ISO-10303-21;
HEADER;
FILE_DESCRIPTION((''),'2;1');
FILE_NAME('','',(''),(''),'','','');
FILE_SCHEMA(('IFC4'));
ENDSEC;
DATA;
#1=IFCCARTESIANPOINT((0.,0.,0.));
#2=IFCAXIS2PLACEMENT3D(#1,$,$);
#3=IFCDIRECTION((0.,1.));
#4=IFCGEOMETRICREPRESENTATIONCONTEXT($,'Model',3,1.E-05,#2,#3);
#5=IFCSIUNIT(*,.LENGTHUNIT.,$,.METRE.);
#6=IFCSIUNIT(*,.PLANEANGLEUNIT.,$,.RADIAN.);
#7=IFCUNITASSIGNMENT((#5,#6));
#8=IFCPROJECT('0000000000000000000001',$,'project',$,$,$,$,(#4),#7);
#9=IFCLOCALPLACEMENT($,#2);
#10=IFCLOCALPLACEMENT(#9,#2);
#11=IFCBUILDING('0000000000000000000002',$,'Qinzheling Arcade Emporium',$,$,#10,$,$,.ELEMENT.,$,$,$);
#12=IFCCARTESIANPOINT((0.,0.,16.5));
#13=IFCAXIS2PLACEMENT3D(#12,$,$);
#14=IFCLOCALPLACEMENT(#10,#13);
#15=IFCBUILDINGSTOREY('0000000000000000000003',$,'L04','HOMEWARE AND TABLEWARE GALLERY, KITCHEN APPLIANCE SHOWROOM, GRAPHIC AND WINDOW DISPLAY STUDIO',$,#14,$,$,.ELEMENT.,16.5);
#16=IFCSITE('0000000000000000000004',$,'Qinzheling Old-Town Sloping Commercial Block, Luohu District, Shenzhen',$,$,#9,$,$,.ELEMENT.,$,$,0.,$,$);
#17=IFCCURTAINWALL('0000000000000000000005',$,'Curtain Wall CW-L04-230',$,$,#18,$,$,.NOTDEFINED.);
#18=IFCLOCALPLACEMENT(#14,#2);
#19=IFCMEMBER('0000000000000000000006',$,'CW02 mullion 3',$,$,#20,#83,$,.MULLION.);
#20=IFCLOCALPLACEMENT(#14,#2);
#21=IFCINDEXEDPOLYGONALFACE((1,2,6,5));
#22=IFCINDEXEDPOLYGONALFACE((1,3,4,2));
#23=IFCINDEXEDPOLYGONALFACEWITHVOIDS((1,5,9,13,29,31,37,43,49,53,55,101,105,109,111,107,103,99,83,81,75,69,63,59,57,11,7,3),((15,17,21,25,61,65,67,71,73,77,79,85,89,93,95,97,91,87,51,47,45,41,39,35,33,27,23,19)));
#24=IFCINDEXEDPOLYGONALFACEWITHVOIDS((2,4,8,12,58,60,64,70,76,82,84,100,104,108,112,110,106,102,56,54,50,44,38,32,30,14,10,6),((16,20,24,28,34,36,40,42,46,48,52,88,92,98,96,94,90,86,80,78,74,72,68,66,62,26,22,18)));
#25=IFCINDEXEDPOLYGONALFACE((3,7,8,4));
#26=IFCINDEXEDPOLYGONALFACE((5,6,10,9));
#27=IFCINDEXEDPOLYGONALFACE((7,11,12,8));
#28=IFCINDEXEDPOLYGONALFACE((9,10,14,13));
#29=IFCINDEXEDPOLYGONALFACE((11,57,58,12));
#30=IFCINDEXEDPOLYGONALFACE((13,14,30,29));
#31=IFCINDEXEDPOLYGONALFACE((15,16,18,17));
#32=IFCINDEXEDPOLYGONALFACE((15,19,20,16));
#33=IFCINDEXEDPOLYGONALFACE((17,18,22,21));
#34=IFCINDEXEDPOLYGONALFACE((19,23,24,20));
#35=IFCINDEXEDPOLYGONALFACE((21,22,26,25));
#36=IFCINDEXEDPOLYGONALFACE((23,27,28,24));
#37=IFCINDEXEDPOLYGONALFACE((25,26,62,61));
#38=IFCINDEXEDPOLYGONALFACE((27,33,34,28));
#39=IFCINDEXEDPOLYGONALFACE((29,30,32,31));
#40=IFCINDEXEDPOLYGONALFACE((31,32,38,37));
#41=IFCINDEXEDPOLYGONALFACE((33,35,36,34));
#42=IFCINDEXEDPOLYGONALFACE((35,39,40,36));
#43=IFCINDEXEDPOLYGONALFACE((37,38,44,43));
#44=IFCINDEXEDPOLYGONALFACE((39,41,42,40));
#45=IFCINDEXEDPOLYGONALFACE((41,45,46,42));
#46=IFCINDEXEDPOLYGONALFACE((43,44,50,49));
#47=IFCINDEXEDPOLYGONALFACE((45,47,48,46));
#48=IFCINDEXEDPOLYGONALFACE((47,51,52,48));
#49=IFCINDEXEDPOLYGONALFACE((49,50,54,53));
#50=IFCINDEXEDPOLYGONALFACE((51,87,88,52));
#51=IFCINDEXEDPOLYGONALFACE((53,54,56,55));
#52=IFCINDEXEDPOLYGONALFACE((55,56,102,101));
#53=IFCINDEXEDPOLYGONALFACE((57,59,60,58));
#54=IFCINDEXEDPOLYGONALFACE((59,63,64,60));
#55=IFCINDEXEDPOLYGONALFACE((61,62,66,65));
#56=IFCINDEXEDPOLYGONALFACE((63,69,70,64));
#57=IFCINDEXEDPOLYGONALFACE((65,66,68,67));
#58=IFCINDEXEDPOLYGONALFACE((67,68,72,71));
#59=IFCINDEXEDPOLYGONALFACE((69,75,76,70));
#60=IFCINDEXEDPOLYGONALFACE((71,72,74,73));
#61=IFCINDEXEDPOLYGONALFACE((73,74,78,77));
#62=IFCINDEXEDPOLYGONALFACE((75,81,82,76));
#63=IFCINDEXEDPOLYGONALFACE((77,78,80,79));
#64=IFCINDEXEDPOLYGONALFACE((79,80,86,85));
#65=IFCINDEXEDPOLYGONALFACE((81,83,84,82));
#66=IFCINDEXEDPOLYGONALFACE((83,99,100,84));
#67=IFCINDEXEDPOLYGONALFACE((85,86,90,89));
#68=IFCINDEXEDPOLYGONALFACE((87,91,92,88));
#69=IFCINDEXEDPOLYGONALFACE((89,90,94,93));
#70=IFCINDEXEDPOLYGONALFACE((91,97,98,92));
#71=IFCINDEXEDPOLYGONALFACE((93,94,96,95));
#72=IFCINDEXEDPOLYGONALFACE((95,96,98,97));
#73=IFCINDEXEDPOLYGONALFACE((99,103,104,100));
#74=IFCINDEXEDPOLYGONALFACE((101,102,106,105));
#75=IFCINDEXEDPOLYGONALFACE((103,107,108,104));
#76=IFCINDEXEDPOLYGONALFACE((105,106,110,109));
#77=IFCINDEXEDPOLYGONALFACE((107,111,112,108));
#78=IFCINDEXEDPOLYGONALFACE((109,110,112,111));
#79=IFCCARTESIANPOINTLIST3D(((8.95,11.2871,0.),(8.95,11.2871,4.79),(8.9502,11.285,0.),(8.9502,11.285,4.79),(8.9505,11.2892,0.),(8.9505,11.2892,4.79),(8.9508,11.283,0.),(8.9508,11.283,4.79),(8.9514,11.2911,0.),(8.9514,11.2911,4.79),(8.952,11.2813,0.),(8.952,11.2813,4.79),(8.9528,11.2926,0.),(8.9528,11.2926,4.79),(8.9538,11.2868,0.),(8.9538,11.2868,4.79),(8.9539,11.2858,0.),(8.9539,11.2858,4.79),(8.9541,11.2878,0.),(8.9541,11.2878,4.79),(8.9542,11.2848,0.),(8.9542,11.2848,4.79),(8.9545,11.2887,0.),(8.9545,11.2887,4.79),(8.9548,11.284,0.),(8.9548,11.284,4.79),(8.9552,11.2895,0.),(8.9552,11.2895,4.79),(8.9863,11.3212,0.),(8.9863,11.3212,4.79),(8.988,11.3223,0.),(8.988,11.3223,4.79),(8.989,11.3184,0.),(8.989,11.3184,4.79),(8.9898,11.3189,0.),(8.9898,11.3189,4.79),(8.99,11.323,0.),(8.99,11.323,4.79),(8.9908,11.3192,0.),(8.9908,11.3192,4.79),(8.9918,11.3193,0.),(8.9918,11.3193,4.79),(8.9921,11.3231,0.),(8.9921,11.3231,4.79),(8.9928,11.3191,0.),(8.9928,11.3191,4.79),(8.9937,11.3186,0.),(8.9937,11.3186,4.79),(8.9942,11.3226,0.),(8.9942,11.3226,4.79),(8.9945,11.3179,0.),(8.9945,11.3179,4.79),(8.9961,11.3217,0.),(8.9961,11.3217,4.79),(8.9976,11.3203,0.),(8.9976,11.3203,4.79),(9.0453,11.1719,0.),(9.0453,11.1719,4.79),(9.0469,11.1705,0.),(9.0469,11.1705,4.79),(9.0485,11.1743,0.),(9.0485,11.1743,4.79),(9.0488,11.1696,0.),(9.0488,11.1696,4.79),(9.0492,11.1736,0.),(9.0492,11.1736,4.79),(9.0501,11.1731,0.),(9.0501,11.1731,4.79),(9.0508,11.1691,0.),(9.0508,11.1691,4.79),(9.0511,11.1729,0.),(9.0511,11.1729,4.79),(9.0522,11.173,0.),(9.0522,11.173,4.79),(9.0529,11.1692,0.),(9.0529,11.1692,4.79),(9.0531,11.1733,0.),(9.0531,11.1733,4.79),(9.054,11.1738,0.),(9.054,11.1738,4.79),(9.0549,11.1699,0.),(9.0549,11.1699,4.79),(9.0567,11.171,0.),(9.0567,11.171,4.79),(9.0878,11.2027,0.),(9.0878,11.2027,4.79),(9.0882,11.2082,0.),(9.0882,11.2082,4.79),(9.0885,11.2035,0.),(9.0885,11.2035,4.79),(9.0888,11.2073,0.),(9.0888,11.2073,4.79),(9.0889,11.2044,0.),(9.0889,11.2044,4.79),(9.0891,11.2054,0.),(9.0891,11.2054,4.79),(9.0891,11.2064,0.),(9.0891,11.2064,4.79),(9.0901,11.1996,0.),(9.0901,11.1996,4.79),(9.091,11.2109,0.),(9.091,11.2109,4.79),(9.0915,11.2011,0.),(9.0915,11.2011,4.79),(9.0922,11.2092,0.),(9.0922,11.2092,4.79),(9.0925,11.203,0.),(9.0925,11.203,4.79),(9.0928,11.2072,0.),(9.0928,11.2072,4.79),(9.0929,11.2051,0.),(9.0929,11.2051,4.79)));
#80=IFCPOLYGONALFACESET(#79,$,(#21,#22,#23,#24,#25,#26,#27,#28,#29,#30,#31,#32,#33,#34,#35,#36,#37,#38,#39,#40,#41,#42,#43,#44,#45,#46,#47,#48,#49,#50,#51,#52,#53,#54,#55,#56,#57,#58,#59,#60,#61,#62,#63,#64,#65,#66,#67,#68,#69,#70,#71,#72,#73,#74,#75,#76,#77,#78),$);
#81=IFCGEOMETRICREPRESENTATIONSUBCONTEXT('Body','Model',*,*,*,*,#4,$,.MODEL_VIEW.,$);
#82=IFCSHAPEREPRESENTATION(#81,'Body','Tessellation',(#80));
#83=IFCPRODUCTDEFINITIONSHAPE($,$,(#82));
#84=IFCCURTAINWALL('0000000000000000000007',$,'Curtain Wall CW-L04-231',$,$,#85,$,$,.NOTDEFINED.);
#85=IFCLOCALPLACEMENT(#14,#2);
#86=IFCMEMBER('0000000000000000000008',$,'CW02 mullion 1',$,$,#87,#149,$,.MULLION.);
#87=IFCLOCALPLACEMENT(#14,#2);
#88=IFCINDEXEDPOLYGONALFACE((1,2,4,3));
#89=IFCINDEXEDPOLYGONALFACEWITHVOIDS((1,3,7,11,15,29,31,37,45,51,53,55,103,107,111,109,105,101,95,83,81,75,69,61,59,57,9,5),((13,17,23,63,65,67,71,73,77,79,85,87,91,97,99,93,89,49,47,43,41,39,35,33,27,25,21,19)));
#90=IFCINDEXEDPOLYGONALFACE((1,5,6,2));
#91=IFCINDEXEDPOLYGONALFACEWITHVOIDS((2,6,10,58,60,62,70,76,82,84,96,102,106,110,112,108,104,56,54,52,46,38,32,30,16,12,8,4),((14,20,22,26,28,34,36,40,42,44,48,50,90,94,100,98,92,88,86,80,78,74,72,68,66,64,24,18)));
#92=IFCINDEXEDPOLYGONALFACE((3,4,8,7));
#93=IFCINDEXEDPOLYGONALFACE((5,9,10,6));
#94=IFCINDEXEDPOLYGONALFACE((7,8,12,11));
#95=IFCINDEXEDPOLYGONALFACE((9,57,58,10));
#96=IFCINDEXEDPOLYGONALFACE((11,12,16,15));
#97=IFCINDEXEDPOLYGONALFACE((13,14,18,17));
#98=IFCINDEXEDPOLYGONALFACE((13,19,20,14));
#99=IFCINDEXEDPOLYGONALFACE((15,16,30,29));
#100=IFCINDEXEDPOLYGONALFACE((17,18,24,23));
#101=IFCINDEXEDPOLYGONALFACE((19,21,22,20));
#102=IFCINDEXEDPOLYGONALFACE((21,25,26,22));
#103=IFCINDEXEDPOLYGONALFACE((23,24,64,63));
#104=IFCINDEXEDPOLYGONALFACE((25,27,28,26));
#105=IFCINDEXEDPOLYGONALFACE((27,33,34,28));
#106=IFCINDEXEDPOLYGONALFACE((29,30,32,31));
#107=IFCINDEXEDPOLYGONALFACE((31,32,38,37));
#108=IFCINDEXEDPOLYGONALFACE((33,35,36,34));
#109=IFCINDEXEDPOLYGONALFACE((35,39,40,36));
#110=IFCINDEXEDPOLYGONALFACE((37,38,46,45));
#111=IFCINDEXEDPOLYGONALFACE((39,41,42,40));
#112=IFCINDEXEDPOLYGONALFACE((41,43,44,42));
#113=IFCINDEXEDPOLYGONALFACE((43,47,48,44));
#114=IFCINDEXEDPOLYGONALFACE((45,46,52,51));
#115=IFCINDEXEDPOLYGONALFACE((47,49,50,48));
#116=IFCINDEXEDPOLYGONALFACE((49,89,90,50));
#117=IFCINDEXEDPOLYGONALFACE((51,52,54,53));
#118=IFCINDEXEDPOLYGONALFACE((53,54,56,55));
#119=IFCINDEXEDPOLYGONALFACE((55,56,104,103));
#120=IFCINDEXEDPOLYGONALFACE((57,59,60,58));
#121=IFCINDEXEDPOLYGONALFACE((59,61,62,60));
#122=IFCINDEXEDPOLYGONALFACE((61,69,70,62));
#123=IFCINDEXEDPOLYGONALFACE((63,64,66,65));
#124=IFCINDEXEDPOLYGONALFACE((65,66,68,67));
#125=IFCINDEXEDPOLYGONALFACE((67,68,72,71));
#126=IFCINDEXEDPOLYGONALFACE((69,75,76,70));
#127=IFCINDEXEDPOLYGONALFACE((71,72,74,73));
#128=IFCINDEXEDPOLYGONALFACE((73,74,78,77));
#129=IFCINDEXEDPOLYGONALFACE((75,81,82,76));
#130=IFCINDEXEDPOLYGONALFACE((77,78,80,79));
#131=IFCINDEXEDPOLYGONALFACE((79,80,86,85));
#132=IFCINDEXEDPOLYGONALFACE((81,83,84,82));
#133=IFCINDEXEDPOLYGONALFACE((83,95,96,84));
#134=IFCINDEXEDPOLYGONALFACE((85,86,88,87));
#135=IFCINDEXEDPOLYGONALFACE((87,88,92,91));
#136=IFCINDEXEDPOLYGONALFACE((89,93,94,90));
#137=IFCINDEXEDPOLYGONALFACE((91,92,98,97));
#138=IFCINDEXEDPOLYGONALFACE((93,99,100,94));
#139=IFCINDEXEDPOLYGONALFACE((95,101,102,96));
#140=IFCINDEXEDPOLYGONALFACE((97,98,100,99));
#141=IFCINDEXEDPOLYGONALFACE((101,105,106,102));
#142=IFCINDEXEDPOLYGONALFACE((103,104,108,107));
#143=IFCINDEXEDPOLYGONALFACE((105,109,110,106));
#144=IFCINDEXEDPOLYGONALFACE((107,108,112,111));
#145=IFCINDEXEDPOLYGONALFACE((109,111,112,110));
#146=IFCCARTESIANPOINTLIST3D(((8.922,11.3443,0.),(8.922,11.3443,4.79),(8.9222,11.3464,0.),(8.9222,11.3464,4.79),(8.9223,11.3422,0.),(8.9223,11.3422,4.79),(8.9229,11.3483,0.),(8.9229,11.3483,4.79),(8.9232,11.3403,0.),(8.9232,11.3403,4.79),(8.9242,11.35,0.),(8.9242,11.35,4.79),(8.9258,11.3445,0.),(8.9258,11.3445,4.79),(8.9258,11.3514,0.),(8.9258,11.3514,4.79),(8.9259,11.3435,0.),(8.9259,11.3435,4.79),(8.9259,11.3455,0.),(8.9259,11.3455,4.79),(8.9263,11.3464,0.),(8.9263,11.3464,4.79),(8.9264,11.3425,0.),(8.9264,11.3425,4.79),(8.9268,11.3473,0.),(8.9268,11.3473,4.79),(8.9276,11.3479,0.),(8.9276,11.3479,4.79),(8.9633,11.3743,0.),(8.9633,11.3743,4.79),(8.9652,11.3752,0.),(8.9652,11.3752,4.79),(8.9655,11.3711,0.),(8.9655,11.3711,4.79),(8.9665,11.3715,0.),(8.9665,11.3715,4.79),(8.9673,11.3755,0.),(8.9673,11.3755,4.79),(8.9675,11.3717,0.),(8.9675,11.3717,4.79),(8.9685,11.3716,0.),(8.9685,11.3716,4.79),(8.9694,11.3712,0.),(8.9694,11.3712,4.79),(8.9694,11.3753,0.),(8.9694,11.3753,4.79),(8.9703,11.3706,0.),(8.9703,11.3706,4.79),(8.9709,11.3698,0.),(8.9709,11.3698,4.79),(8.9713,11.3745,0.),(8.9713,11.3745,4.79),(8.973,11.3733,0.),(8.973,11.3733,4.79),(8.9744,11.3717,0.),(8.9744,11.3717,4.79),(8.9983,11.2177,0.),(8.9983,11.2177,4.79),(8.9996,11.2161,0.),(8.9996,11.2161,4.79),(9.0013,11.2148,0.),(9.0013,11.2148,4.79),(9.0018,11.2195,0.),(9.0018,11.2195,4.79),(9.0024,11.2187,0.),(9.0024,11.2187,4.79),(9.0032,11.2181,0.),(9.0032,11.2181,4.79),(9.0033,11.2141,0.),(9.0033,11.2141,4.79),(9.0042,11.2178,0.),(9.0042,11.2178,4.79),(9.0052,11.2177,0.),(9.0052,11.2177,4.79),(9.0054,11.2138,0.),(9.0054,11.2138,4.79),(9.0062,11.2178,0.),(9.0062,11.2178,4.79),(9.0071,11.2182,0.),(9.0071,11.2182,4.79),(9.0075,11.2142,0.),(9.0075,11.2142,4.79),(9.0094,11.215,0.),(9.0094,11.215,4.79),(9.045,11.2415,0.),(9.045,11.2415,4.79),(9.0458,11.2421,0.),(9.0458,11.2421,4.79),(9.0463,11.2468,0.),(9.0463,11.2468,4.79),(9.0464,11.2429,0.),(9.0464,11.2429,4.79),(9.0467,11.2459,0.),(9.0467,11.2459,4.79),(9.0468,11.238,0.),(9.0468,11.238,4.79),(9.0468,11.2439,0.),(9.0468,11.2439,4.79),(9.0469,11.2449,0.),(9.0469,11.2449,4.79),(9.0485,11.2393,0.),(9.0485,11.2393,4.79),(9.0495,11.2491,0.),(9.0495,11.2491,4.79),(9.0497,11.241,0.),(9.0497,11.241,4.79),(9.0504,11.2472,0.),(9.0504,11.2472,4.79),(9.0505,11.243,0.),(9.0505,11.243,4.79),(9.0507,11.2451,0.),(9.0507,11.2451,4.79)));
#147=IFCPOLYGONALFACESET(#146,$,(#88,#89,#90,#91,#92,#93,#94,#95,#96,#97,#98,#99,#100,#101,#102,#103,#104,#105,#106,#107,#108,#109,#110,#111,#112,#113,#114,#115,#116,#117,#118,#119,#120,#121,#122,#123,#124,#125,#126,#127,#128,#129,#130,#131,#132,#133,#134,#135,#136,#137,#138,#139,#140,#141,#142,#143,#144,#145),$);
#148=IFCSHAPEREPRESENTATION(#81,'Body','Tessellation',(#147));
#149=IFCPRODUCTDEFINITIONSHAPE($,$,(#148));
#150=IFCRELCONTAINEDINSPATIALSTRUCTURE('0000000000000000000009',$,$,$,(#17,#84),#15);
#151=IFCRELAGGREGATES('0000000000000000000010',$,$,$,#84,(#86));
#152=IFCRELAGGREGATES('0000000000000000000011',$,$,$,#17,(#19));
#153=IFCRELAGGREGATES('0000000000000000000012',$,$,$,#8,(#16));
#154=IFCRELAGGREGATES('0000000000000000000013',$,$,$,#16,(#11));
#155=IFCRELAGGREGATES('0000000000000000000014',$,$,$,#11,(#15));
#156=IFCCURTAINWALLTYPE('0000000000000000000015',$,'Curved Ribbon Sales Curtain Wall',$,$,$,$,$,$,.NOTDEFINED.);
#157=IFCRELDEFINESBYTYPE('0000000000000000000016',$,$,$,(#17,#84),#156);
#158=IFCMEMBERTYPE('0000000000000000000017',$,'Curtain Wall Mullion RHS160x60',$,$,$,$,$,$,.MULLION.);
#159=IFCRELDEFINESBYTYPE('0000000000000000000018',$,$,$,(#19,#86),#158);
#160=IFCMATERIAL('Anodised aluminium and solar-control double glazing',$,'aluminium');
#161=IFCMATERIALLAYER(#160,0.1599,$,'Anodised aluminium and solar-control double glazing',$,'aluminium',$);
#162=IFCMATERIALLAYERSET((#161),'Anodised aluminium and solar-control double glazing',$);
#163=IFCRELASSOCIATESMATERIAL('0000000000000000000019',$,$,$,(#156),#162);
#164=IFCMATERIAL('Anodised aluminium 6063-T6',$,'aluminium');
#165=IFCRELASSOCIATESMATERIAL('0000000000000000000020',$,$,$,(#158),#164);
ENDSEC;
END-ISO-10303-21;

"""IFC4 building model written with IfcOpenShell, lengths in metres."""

from ifc_helpers import new_model, si_unit, direction, frame, origin, origin_2d, place, context, subcontext, project, spatial, hollow_rectangle, extrude, material, layer, layer_set, material_profile, profile_set, type_object, element, aggregate, save


model = new_model("IFC4")

# Units and contexts
model_context = context("Model", 3, precision=1e-05, world=origin(), true_north=direction((0.0, 1.0)))
body_context = subcontext(model_context, "Body", "Model", "MODEL_VIEW")
ifc_project = project(units=[si_unit("LENGTHUNIT", "METRE"), si_unit("PLANEANGLEUNIT", "RADIAN")], contexts=[model_context])

# Site, building, storey
site_placement = place(None, origin())
site = spatial("IfcSite", under=ifc_project, at=site_placement, Name="Qinzheling Old-Town Sloping Commercial Block, Luohu District, Shenzhen", CompositionType="ELEMENT", RefElevation=0.0)
building_placement = place(site_placement, origin())
building = spatial("IfcBuilding", under=site, at=building_placement, Name="Qinzheling Arcade Emporium", CompositionType="ELEMENT")
storey_placement = place(building_placement, frame((0.0, 0.0, 16.5)))
storey = spatial("IfcBuildingStorey", under=building, at=storey_placement, Name="L04", Description="HOMEWARE AND TABLEWARE GALLERY, KITCHEN APPLIANCE SHOWROOM, GRAPHIC AND WINDOW DISPLAY STUDIO", CompositionType="ELEMENT", Elevation=16.5)

# Shared definitions
ifc_material_1 = material(Name="Anodised aluminium and solar-control double glazing", Category="aluminium")
ifc_layer_1 = layer(ifc_material_1, 0.1599, Name="Anodised aluminium and solar-control double glazing", Category="aluminium")
ifc_layer_set_1 = layer_set([ifc_layer_1], Name="Anodised aluminium and solar-control double glazing")
curtain_wall_type = type_object("IfcCurtainWallType", Name="Curved Ribbon Sales Curtain Wall", PredefinedType="NOTDEFINED", material=ifc_layer_set_1)
ifc_material_2 = material(Name="Anodised aluminium 6063-T6", Category="aluminium")
ifc_material_profile_1 = material_profile(ifc_material_2, hollow_rectangle(XDim=0.0601, YDim=0.1599, WallThickness=0.0039, InnerFilletRadius=0.0039, OuterFilletRadius=0.0081, at=origin_2d()), Name="RHS 160x60x4", Category="aluminium")
ifc_profile_set_1 = profile_set([ifc_material_profile_1], Name="Anodised aluminium 6063-T6")
member_type_1 = type_object("IfcMemberType", Name="Curtain Wall Mullion RHS160x60", PredefinedType="MULLION", material=ifc_profile_set_1)

# Curtain wall, member
curtain_wall_1_placement = place(storey_placement, origin())
curtain_wall_1 = element("IfcCurtainWall", 1, at=curtain_wall_1_placement, inside=storey, type_object=curtain_wall_type, Name="Curtain Wall CW-L04-230", PredefinedType="NOTDEFINED")
member_1_placement = place(storey_placement, frame((9.0215, 11.2461, 0.0), z_axis=(0.0, 0.0, 1.0), x_axis=(-0.760401, -0.649454, 0.0)))
member_1 = element("IfcMember", 2, at=member_1_placement, type_object=member_type_1, Name="CW02 mullion 3", PredefinedType="MULLION", context=body_context, shape_type="SweptSolid", body=[
    extrude(hollow_rectangle(XDim=0.0601, YDim=0.1599, WallThickness=0.0039, InnerFilletRadius=0.0039, OuterFilletRadius=0.0081, at=origin_2d()), origin(), (0.0, 0.0, 1.0), 4.79),
])

# Curtain wall, member
curtain_wall_2_placement = place(storey_placement, origin())
curtain_wall_2 = element("IfcCurtainWall", 3, at=curtain_wall_2_placement, inside=storey, type_object=curtain_wall_type, Name="Curtain Wall CW-L04-231", PredefinedType="NOTDEFINED")
member_2_placement = place(storey_placement, frame((8.9863, 11.2947, 0.0), z_axis=(0.0, 0.0, 1.0), x_axis=(-0.852572, -0.52261, 0.0)))
member_2 = element("IfcMember", 4, at=member_2_placement, type_object=member_type_1, Name="CW02 mullion 1", PredefinedType="MULLION", context=body_context, shape_type="SweptSolid", body=[
    extrude(hollow_rectangle(XDim=0.0601, YDim=0.1599, WallThickness=0.0039, InnerFilletRadius=0.0039, OuterFilletRadius=0.0081, at=origin_2d()), origin(), (0.0, 0.0, 1.0), 4.79),
])

aggregate(curtain_wall_2, [member_2])

aggregate(curtain_wall_1, [member_1])

save(model, "model.ifc")
